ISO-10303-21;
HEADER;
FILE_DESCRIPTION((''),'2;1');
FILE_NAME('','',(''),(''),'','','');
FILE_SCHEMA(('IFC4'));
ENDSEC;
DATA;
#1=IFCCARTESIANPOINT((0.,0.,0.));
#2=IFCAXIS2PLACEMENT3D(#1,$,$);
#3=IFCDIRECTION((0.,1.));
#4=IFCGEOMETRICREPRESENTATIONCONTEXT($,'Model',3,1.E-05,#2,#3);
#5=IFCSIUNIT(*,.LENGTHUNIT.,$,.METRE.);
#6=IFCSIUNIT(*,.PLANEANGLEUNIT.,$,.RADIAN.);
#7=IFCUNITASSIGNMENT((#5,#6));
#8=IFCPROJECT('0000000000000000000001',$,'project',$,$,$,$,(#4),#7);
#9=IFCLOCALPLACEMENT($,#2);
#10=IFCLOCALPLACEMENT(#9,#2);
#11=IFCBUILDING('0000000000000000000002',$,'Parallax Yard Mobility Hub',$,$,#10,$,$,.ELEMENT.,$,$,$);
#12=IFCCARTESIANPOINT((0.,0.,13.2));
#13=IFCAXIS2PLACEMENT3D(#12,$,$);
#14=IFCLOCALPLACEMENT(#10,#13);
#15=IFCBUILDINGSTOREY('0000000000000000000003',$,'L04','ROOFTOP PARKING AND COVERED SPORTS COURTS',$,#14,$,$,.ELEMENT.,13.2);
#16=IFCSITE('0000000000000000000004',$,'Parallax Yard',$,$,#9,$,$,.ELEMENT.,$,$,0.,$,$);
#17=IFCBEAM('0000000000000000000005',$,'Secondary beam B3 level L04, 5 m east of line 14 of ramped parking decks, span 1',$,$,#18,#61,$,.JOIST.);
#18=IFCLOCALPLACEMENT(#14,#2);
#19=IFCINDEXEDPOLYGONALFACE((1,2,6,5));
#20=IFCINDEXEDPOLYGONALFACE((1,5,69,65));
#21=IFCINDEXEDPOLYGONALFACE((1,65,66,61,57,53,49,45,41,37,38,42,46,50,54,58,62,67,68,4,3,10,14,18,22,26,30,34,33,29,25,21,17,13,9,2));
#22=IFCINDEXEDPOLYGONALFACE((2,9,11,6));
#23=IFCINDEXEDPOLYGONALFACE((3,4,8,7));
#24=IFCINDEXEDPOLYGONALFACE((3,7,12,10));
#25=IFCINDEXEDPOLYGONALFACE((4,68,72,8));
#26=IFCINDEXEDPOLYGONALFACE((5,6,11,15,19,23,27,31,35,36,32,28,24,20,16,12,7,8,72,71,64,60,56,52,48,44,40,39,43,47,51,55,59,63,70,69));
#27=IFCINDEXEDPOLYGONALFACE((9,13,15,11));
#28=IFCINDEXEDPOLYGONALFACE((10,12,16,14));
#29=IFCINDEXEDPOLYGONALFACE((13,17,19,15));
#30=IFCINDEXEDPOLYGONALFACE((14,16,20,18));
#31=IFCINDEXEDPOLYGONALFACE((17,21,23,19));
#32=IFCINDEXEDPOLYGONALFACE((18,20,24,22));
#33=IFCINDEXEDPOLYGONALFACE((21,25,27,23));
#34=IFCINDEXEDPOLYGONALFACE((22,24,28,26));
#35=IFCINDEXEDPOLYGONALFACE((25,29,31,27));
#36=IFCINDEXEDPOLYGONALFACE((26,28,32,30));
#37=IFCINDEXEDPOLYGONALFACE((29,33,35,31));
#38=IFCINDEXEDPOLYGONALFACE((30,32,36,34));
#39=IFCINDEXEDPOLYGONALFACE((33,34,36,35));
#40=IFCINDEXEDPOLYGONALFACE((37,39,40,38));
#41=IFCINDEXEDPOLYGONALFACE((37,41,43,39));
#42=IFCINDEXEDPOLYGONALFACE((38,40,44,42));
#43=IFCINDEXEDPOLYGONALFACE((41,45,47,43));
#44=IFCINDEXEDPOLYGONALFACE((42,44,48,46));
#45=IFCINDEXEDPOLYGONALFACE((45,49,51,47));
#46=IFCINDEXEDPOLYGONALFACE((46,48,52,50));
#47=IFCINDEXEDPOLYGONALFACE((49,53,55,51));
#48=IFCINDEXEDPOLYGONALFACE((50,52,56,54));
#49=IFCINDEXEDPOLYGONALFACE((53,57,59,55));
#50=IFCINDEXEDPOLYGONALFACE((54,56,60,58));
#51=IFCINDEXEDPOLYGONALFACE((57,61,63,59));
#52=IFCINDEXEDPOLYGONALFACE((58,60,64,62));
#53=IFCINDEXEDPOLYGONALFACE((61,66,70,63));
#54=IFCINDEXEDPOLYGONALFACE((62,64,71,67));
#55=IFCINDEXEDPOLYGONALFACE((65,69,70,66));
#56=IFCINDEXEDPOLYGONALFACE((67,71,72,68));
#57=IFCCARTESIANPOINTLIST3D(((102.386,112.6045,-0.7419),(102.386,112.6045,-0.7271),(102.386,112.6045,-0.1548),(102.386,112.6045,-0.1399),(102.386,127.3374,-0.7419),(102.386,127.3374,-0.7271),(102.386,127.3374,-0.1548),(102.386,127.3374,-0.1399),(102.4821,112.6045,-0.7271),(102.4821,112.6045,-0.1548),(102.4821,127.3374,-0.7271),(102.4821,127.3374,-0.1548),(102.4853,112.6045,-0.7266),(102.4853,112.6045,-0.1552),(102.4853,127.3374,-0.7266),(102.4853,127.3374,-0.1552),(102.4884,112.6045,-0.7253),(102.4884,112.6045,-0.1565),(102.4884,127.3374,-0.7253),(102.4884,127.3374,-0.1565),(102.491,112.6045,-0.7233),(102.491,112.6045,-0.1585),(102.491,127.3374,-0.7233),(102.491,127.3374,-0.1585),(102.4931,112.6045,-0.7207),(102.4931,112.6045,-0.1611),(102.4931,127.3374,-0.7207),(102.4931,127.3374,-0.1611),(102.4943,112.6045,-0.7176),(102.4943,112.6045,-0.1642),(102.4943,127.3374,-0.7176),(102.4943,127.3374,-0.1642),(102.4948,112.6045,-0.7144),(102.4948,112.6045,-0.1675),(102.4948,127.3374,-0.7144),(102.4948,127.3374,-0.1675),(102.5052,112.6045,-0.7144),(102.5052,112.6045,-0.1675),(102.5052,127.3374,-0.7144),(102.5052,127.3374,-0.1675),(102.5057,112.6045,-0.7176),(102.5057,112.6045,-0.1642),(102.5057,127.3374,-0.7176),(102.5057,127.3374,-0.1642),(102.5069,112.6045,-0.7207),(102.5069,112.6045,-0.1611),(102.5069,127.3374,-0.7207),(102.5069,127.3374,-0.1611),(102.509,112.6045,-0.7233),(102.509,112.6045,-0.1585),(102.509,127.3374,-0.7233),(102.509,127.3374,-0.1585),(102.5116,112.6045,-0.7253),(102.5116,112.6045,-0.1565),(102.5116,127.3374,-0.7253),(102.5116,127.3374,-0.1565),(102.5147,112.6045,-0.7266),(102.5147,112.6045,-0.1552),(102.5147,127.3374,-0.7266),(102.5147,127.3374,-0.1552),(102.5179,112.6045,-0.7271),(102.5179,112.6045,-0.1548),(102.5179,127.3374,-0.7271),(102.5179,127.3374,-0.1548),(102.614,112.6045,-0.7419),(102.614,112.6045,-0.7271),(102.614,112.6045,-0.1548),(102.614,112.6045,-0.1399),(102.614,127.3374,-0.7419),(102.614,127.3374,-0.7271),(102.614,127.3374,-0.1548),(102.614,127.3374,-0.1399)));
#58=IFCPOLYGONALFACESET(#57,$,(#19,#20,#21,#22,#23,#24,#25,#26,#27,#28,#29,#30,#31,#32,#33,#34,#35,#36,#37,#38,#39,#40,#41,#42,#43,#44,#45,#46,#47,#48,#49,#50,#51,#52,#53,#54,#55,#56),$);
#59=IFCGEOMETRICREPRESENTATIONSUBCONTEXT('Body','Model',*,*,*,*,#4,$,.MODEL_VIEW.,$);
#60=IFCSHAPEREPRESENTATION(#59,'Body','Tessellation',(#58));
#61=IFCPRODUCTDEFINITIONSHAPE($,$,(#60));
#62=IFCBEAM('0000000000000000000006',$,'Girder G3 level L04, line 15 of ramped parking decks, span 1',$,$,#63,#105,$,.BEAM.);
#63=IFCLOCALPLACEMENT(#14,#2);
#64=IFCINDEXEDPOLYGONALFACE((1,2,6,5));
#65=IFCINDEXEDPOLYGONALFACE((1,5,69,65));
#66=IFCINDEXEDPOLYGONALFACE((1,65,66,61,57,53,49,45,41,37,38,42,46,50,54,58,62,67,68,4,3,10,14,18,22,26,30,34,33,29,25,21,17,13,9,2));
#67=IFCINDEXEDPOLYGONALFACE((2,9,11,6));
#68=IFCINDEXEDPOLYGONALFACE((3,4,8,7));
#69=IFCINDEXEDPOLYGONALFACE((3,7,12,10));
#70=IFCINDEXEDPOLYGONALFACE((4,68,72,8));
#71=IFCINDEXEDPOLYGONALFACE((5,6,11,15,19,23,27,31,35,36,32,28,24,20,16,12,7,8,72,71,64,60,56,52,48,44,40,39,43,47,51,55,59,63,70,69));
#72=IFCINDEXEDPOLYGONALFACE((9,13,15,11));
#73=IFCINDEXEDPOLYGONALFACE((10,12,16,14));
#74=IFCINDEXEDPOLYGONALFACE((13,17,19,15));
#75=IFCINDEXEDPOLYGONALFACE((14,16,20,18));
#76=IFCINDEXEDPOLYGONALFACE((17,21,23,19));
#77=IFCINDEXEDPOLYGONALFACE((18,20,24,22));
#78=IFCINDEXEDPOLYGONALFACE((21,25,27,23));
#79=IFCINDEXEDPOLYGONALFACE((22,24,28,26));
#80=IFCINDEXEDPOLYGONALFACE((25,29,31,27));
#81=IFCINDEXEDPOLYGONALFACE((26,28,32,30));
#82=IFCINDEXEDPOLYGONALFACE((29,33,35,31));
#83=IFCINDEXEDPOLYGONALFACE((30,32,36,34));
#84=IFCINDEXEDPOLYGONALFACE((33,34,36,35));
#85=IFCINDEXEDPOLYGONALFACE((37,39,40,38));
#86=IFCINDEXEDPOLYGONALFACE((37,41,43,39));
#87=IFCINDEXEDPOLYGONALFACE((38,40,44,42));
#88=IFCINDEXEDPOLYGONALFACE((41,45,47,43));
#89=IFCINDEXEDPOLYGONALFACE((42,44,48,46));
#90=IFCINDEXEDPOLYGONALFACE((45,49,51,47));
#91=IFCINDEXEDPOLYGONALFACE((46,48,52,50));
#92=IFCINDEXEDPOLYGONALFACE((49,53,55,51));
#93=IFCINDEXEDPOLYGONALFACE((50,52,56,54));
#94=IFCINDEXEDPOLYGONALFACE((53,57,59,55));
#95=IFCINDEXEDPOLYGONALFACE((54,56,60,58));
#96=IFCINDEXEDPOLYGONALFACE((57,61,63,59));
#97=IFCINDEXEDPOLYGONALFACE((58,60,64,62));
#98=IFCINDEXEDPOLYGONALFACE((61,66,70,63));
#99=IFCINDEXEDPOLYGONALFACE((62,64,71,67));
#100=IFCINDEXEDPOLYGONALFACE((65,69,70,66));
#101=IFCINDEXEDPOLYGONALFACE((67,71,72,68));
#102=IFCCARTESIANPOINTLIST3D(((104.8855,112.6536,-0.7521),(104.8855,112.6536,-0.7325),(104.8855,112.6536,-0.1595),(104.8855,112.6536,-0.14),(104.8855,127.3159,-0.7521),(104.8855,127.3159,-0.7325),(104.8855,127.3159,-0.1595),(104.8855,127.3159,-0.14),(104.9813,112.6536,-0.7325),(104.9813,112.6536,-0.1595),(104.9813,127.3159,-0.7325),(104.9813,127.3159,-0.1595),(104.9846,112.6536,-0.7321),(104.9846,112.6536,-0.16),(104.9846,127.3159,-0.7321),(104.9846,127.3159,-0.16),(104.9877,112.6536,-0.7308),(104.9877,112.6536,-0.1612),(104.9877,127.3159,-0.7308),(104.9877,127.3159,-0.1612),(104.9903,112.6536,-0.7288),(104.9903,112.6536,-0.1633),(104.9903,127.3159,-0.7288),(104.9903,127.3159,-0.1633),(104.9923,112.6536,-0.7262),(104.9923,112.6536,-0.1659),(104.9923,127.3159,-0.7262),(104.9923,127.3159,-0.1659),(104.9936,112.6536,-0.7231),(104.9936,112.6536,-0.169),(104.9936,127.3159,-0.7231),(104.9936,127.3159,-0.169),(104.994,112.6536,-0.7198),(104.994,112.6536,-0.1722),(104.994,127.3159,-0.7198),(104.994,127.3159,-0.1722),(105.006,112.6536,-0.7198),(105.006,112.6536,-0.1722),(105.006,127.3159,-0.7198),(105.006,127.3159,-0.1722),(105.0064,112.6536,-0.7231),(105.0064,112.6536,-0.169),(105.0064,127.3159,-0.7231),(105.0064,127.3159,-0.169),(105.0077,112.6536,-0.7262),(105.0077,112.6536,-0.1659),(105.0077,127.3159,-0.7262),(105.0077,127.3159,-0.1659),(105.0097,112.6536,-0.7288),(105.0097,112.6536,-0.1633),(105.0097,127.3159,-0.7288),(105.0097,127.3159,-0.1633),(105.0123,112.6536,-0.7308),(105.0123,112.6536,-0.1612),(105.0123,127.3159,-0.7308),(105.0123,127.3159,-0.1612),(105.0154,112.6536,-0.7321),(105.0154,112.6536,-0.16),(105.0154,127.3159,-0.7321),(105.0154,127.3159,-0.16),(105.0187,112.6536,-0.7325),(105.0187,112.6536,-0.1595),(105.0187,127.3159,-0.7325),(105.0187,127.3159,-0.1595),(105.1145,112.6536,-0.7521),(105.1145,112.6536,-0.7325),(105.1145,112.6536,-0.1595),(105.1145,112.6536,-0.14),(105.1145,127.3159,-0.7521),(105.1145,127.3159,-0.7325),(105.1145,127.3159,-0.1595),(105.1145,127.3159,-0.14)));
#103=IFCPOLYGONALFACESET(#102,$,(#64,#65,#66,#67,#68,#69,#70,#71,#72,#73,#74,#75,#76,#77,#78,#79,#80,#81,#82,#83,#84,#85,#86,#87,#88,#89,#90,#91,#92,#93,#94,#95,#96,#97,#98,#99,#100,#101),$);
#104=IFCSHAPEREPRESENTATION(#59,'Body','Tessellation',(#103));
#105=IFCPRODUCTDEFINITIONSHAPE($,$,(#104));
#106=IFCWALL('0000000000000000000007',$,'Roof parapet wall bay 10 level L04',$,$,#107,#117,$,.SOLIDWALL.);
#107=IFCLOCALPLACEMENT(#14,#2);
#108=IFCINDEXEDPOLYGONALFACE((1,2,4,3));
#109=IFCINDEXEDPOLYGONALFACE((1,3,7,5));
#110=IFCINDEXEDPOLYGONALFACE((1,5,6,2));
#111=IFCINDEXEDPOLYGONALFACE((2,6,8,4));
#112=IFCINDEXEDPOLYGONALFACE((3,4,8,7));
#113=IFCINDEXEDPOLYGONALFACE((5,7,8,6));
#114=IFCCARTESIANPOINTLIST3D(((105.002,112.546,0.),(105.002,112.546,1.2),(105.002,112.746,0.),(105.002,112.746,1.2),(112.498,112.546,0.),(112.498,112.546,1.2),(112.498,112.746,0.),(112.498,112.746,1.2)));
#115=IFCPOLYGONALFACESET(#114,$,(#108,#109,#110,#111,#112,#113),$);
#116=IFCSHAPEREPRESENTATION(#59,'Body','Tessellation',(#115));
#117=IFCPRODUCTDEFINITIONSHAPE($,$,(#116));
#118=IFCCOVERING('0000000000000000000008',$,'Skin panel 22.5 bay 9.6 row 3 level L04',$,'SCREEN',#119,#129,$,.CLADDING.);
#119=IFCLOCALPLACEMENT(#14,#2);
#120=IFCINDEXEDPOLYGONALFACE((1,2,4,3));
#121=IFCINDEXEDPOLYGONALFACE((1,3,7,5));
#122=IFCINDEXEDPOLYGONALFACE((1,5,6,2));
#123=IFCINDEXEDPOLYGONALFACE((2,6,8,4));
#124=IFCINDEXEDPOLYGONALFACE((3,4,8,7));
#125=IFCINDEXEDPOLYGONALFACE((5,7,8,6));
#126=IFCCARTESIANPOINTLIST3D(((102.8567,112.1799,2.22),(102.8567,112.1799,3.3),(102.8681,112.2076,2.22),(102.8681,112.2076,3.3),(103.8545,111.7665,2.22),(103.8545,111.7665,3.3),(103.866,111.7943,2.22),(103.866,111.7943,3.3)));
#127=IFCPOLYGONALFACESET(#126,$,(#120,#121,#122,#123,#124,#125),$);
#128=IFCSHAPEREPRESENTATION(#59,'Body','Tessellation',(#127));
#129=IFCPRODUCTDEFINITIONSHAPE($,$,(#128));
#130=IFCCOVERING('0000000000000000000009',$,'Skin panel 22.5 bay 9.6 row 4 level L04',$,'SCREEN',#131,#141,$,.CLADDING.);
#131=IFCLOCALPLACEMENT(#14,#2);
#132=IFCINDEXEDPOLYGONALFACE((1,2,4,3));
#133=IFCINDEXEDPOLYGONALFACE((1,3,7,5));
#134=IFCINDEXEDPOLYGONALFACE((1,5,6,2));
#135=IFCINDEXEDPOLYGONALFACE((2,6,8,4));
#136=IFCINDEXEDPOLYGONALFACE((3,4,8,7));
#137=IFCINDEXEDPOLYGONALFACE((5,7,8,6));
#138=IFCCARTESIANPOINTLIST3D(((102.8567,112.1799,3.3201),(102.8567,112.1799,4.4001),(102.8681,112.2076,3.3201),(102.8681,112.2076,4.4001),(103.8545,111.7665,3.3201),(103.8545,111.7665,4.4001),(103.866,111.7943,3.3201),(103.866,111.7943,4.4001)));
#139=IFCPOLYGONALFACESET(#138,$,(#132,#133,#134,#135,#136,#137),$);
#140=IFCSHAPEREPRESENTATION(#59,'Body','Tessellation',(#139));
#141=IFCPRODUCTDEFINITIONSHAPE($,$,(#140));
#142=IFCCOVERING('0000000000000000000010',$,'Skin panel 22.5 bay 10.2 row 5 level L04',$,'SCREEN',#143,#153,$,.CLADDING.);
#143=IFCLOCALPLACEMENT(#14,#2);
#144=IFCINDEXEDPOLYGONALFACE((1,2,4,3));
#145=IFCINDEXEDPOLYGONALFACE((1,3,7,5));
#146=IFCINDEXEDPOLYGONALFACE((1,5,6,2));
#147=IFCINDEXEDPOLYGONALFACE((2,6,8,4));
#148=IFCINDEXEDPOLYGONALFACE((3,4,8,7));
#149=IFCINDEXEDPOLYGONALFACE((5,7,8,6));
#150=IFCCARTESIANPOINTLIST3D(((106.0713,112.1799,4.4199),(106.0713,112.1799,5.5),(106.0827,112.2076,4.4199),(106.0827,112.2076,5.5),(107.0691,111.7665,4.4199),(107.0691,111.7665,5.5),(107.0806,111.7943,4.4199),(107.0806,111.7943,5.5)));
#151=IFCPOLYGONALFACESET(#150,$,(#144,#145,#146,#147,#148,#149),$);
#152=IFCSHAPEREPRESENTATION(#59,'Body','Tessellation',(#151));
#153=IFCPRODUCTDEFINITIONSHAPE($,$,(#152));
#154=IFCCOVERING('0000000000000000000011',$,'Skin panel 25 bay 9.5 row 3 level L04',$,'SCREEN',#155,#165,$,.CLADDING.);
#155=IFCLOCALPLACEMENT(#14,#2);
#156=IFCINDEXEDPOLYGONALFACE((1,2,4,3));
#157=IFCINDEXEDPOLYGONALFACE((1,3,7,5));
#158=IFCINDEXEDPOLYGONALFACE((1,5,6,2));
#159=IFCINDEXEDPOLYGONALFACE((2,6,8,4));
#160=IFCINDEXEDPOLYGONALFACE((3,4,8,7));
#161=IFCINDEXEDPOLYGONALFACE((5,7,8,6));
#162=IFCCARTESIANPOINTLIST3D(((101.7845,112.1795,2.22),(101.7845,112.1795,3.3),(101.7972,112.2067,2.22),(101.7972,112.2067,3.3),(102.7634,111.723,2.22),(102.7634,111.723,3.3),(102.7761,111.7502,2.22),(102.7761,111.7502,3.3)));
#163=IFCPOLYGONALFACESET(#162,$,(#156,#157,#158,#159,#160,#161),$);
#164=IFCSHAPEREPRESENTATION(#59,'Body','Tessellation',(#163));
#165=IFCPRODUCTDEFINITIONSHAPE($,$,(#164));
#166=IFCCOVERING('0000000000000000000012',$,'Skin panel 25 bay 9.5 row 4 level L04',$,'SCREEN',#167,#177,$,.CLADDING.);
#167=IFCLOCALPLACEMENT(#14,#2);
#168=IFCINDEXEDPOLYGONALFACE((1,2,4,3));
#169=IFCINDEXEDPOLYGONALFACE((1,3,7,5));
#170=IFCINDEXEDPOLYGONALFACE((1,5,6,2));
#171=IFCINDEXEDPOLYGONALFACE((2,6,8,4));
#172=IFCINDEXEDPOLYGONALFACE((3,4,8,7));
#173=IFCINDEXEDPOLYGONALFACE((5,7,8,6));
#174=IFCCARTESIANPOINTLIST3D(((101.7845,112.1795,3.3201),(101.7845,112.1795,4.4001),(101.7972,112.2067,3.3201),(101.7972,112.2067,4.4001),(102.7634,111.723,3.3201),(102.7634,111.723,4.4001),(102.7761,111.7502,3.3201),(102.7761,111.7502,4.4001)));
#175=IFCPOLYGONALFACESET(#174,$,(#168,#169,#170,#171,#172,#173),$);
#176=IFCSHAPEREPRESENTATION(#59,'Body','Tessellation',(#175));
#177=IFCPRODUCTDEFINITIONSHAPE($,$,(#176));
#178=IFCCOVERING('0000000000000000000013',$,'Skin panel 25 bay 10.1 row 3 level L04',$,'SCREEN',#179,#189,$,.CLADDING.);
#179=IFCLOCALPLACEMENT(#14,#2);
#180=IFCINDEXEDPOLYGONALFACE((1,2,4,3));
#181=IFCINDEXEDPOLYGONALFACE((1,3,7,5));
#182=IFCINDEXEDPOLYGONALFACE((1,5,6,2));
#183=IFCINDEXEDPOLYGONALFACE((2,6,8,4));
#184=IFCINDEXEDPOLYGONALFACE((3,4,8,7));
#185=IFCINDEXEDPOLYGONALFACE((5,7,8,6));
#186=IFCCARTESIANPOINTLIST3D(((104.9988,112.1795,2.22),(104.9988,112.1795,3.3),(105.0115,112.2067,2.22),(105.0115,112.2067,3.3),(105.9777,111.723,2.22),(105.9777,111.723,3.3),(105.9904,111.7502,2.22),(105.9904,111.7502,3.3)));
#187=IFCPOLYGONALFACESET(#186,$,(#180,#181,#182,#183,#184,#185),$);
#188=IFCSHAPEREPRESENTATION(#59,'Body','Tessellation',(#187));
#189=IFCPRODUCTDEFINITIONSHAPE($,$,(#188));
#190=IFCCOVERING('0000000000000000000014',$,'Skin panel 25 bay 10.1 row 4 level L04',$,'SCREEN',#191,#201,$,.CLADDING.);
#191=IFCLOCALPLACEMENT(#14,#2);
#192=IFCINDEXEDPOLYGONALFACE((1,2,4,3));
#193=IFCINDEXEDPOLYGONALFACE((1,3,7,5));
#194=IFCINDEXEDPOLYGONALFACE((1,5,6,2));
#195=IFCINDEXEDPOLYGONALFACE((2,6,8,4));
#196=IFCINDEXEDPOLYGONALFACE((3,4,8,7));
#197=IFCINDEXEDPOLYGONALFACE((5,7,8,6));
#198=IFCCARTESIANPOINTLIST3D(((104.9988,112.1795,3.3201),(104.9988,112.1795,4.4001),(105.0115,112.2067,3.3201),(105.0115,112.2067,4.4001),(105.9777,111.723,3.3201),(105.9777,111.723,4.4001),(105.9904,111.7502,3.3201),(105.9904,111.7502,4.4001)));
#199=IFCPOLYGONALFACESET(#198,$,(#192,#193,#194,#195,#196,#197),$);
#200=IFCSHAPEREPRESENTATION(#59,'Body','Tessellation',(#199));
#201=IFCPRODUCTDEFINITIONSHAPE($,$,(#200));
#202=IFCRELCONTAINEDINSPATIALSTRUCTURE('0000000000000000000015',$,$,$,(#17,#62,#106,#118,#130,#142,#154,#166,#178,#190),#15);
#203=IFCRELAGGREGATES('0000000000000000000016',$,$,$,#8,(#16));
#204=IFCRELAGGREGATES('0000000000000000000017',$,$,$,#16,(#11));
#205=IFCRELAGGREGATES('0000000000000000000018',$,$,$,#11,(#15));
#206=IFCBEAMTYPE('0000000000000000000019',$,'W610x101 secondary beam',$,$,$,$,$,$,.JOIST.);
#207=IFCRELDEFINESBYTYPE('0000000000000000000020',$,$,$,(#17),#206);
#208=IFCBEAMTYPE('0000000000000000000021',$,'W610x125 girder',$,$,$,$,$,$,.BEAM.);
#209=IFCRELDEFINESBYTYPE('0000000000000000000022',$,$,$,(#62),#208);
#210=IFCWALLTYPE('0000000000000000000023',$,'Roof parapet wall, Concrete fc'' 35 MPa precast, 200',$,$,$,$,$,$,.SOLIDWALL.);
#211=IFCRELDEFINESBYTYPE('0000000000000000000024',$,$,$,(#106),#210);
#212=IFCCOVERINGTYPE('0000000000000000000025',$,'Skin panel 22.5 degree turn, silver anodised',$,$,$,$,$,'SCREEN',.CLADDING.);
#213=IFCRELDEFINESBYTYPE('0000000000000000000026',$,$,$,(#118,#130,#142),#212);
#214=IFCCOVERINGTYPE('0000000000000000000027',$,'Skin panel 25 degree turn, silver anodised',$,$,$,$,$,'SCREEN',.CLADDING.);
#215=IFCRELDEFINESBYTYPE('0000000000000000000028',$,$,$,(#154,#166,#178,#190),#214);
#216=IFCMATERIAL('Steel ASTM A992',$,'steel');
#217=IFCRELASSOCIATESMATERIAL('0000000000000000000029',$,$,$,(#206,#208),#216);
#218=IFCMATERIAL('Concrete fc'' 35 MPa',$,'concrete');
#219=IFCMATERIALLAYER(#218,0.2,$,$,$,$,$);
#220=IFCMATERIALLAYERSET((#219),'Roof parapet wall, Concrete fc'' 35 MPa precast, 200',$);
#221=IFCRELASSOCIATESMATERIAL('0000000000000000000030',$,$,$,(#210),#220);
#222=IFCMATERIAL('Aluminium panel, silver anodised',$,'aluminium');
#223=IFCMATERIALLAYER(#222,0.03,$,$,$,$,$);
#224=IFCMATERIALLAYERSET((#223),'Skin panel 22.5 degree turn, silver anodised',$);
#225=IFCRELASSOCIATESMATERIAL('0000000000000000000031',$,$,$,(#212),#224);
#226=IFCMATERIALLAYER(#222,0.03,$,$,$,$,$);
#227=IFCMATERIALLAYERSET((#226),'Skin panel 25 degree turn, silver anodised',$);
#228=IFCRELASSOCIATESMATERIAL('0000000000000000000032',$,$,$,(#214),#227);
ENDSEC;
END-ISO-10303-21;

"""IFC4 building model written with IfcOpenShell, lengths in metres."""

from ifc_helpers import new_model, si_unit, direction, frame, frame_2d, origin, origin_2d, place, context, subcontext, project, spatial, rectangle, i_section, extrude, material, layer, layer_set, material_profile, profile_set, type_object, element, save


model = new_model("IFC4")

# Units and contexts
model_context = context("Model", 3, precision=1e-05, world=origin(), true_north=direction((0.0, 1.0)))
body_context = subcontext(model_context, "Body", "Model", "MODEL_VIEW")
ifc_project = project(units=[si_unit("LENGTHUNIT", "METRE"), si_unit("PLANEANGLEUNIT", "RADIAN")], contexts=[model_context])

# Site, building, storey
site_placement = place(None, origin())
site = spatial("IfcSite", under=ifc_project, at=site_placement, Name="Parallax Yard", CompositionType="ELEMENT", RefElevation=0.0)
building_placement = place(site_placement, origin())
building = spatial("IfcBuilding", under=site, at=building_placement, Name="Parallax Yard Mobility Hub", CompositionType="ELEMENT")
storey_placement = place(building_placement, frame((0.0, 0.0, 13.2)))
storey = spatial("IfcBuildingStorey", under=building, at=storey_placement, Name="L04", Description="ROOFTOP PARKING AND COVERED SPORTS COURTS", CompositionType="ELEMENT", Elevation=13.2)

# Shared definitions
ifc_material_1 = material(Name="Steel ASTM A992", Category="steel")

# Beams
ifc_material_profile_1 = material_profile(ifc_material_1, i_section(OverallWidth=0.228, OverallDepth=0.6021, WebThickness=0.0105, FlangeThickness=0.0149, FilletRadius=0.0127, at=origin_2d()), Name="W610x101")
ifc_profile_set_1 = profile_set([ifc_material_profile_1], Name="Steel ASTM A992")
beam_type_1 = type_object("IfcBeamType", Name="W610x101 secondary beam", PredefinedType="JOIST", material=ifc_profile_set_1)
for number, where, z_axis, x_axis, name in (
    (1, (102.5, 112.6045, -0.4409), (0.0, 1.0, 0.0), (-1.0, 0.0, 0.0), "Secondary beam B3 level L04, 5 m east of line 14 of ramped parking decks, span 1"),
):
    element("IfcBeam", number, at=place(storey_placement, frame(where, z_axis=z_axis, x_axis=x_axis)), inside=storey, type_object=beam_type_1, Name=name, PredefinedType="JOIST", context=body_context, shape_type="SweptSolid", body=[
        extrude(i_section(OverallWidth=0.228, OverallDepth=0.6021, WebThickness=0.0105, FlangeThickness=0.0149, FilletRadius=0.0127, at=origin_2d()), origin(), (0.0, 0.0, 1.0), 14.7329),
    ])
ifc_material_profile_2 = material_profile(ifc_material_1, i_section(OverallWidth=0.229, OverallDepth=0.6121, WebThickness=0.012, FlangeThickness=0.0195, FilletRadius=0.0127, at=origin_2d()), Name="W610x125")
ifc_profile_set_2 = profile_set([ifc_material_profile_2], Name="Steel ASTM A992")
beam_type_2 = type_object("IfcBeamType", Name="W610x125 girder", PredefinedType="BEAM", material=ifc_profile_set_2)
beam_1_placement = place(storey_placement, frame((105.0, 112.6536, -0.446), z_axis=(0.0, 1.0, 0.0), x_axis=(-1.0, 0.0, 0.0)))
element("IfcBeam", 2, at=beam_1_placement, inside=storey, type_object=beam_type_2, Name="Girder G3 level L04, line 15 of ramped parking decks, span 1", PredefinedType="BEAM", context=body_context, shape_type="SweptSolid", body=[
    extrude(i_section(OverallWidth=0.229, OverallDepth=0.6121, WebThickness=0.012, FlangeThickness=0.0195, FilletRadius=0.0127, at=origin_2d()), origin(), (0.0, 0.0, 1.0), 14.6624),
])

# Wall
ifc_material_2 = material(Name="Concrete fc' 35 MPa", Category="concrete")
ifc_layer_1 = layer(ifc_material_2, 0.2)
ifc_layer_set_1 = layer_set([ifc_layer_1], Name="Roof parapet wall, Concrete fc' 35 MPa precast, 200")
wall_type = type_object("IfcWallType", Name="Roof parapet wall, Concrete fc' 35 MPa precast, 200", PredefinedType="SOLIDWALL", material=ifc_layer_set_1)
wall_placement = place(storey_placement, frame((105.002, 112.646, 0.0), z_axis=(0.0, 0.0, 1.0), x_axis=(1.0, 0.0, 0.0)))
element("IfcWall", 3, at=wall_placement, inside=storey, type_object=wall_type, Name="Roof parapet wall bay 10 level L04", PredefinedType="SOLIDWALL", context=body_context, shape_type="SweptSolid", body=[
    extrude(rectangle(XDim=7.4961, YDim=0.2, at=frame_2d((3.748, 0.0))), origin(), (0.0, 0.0, 1.0), 1.2),
])

# Coverings
ifc_material_3 = material(Name="Aluminium panel, silver anodised", Category="aluminium")
ifc_layer_2 = layer(ifc_material_3, 0.03)
ifc_layer_set_2 = layer_set([ifc_layer_2], Name="Skin panel 22.5 degree turn, silver anodised")
covering_type_1 = type_object("IfcCoveringType", Name="Skin panel 22.5 degree turn, silver anodised", ElementType="SCREEN", PredefinedType="CLADDING", material=ifc_layer_set_2)
for number, where, z_axis, x_axis, name in (
    (4, (103.3613, 111.9871, 2.22), (0.0, 0.0, 1.0), (0.92388, -0.382683, 0.0), "Skin panel 22.5 bay 9.6 row 3 level L04"),
    (5, (103.3613, 111.9871, 3.3201), (0.0, 0.0, 1.0), (0.92388, -0.382683, 0.0), "Skin panel 22.5 bay 9.6 row 4 level L04"),
    (6, (106.5759, 111.9871, 4.4199), (0.0, 0.0, 1.0), (0.92388, -0.382683, 0.0), "Skin panel 22.5 bay 10.2 row 5 level L04"),
):
    element("IfcCovering", number, at=place(storey_placement, frame(where, z_axis=z_axis, x_axis=x_axis)), inside=storey, type_object=covering_type_1, Name=name, ObjectType="SCREEN", PredefinedType="CLADDING", context=body_context, shape_type="SweptSolid", body=[
        extrude(rectangle(XDim=1.0801, YDim=0.03, at=origin_2d()), origin(), (0.0, 0.0, 1.0), 1.0801),
    ])
ifc_layer_3 = layer(ifc_material_3, 0.03)
ifc_layer_set_3 = layer_set([ifc_layer_3], Name="Skin panel 25 degree turn, silver anodised")
covering_type_2 = type_object("IfcCoveringType", Name="Skin panel 25 degree turn, silver anodised", ElementType="SCREEN", PredefinedType="CLADDING", material=ifc_layer_set_3)
for number, where, z_axis, x_axis, name in (
    (7, (102.2803, 111.9648, 2.22), (0.0, 0.0, 1.0), (0.906308, -0.422618, 0.0), "Skin panel 25 bay 9.5 row 3 level L04"),
    (8, (102.2803, 111.9648, 3.3201), (0.0, 0.0, 1.0), (0.906308, -0.422618, 0.0), "Skin panel 25 bay 9.5 row 4 level L04"),
    (9, (105.4946, 111.9648, 2.22), (0.0, 0.0, 1.0), (0.906308, -0.422618, 0.0), "Skin panel 25 bay 10.1 row 3 level L04"),
    (10, (105.4946, 111.9648, 3.3201), (0.0, 0.0, 1.0), (0.906308, -0.422618, 0.0), "Skin panel 25 bay 10.1 row 4 level L04"),
):
    element("IfcCovering", number, at=place(storey_placement, frame(where, z_axis=z_axis, x_axis=x_axis)), inside=storey, type_object=covering_type_2, Name=name, ObjectType="SCREEN", PredefinedType="CLADDING", context=body_context, shape_type="SweptSolid", body=[
        extrude(rectangle(XDim=1.0801, YDim=0.03, at=origin_2d()), origin(), (0.0, 0.0, 1.0), 1.0801),
    ])

save(model, "model.ifc")
